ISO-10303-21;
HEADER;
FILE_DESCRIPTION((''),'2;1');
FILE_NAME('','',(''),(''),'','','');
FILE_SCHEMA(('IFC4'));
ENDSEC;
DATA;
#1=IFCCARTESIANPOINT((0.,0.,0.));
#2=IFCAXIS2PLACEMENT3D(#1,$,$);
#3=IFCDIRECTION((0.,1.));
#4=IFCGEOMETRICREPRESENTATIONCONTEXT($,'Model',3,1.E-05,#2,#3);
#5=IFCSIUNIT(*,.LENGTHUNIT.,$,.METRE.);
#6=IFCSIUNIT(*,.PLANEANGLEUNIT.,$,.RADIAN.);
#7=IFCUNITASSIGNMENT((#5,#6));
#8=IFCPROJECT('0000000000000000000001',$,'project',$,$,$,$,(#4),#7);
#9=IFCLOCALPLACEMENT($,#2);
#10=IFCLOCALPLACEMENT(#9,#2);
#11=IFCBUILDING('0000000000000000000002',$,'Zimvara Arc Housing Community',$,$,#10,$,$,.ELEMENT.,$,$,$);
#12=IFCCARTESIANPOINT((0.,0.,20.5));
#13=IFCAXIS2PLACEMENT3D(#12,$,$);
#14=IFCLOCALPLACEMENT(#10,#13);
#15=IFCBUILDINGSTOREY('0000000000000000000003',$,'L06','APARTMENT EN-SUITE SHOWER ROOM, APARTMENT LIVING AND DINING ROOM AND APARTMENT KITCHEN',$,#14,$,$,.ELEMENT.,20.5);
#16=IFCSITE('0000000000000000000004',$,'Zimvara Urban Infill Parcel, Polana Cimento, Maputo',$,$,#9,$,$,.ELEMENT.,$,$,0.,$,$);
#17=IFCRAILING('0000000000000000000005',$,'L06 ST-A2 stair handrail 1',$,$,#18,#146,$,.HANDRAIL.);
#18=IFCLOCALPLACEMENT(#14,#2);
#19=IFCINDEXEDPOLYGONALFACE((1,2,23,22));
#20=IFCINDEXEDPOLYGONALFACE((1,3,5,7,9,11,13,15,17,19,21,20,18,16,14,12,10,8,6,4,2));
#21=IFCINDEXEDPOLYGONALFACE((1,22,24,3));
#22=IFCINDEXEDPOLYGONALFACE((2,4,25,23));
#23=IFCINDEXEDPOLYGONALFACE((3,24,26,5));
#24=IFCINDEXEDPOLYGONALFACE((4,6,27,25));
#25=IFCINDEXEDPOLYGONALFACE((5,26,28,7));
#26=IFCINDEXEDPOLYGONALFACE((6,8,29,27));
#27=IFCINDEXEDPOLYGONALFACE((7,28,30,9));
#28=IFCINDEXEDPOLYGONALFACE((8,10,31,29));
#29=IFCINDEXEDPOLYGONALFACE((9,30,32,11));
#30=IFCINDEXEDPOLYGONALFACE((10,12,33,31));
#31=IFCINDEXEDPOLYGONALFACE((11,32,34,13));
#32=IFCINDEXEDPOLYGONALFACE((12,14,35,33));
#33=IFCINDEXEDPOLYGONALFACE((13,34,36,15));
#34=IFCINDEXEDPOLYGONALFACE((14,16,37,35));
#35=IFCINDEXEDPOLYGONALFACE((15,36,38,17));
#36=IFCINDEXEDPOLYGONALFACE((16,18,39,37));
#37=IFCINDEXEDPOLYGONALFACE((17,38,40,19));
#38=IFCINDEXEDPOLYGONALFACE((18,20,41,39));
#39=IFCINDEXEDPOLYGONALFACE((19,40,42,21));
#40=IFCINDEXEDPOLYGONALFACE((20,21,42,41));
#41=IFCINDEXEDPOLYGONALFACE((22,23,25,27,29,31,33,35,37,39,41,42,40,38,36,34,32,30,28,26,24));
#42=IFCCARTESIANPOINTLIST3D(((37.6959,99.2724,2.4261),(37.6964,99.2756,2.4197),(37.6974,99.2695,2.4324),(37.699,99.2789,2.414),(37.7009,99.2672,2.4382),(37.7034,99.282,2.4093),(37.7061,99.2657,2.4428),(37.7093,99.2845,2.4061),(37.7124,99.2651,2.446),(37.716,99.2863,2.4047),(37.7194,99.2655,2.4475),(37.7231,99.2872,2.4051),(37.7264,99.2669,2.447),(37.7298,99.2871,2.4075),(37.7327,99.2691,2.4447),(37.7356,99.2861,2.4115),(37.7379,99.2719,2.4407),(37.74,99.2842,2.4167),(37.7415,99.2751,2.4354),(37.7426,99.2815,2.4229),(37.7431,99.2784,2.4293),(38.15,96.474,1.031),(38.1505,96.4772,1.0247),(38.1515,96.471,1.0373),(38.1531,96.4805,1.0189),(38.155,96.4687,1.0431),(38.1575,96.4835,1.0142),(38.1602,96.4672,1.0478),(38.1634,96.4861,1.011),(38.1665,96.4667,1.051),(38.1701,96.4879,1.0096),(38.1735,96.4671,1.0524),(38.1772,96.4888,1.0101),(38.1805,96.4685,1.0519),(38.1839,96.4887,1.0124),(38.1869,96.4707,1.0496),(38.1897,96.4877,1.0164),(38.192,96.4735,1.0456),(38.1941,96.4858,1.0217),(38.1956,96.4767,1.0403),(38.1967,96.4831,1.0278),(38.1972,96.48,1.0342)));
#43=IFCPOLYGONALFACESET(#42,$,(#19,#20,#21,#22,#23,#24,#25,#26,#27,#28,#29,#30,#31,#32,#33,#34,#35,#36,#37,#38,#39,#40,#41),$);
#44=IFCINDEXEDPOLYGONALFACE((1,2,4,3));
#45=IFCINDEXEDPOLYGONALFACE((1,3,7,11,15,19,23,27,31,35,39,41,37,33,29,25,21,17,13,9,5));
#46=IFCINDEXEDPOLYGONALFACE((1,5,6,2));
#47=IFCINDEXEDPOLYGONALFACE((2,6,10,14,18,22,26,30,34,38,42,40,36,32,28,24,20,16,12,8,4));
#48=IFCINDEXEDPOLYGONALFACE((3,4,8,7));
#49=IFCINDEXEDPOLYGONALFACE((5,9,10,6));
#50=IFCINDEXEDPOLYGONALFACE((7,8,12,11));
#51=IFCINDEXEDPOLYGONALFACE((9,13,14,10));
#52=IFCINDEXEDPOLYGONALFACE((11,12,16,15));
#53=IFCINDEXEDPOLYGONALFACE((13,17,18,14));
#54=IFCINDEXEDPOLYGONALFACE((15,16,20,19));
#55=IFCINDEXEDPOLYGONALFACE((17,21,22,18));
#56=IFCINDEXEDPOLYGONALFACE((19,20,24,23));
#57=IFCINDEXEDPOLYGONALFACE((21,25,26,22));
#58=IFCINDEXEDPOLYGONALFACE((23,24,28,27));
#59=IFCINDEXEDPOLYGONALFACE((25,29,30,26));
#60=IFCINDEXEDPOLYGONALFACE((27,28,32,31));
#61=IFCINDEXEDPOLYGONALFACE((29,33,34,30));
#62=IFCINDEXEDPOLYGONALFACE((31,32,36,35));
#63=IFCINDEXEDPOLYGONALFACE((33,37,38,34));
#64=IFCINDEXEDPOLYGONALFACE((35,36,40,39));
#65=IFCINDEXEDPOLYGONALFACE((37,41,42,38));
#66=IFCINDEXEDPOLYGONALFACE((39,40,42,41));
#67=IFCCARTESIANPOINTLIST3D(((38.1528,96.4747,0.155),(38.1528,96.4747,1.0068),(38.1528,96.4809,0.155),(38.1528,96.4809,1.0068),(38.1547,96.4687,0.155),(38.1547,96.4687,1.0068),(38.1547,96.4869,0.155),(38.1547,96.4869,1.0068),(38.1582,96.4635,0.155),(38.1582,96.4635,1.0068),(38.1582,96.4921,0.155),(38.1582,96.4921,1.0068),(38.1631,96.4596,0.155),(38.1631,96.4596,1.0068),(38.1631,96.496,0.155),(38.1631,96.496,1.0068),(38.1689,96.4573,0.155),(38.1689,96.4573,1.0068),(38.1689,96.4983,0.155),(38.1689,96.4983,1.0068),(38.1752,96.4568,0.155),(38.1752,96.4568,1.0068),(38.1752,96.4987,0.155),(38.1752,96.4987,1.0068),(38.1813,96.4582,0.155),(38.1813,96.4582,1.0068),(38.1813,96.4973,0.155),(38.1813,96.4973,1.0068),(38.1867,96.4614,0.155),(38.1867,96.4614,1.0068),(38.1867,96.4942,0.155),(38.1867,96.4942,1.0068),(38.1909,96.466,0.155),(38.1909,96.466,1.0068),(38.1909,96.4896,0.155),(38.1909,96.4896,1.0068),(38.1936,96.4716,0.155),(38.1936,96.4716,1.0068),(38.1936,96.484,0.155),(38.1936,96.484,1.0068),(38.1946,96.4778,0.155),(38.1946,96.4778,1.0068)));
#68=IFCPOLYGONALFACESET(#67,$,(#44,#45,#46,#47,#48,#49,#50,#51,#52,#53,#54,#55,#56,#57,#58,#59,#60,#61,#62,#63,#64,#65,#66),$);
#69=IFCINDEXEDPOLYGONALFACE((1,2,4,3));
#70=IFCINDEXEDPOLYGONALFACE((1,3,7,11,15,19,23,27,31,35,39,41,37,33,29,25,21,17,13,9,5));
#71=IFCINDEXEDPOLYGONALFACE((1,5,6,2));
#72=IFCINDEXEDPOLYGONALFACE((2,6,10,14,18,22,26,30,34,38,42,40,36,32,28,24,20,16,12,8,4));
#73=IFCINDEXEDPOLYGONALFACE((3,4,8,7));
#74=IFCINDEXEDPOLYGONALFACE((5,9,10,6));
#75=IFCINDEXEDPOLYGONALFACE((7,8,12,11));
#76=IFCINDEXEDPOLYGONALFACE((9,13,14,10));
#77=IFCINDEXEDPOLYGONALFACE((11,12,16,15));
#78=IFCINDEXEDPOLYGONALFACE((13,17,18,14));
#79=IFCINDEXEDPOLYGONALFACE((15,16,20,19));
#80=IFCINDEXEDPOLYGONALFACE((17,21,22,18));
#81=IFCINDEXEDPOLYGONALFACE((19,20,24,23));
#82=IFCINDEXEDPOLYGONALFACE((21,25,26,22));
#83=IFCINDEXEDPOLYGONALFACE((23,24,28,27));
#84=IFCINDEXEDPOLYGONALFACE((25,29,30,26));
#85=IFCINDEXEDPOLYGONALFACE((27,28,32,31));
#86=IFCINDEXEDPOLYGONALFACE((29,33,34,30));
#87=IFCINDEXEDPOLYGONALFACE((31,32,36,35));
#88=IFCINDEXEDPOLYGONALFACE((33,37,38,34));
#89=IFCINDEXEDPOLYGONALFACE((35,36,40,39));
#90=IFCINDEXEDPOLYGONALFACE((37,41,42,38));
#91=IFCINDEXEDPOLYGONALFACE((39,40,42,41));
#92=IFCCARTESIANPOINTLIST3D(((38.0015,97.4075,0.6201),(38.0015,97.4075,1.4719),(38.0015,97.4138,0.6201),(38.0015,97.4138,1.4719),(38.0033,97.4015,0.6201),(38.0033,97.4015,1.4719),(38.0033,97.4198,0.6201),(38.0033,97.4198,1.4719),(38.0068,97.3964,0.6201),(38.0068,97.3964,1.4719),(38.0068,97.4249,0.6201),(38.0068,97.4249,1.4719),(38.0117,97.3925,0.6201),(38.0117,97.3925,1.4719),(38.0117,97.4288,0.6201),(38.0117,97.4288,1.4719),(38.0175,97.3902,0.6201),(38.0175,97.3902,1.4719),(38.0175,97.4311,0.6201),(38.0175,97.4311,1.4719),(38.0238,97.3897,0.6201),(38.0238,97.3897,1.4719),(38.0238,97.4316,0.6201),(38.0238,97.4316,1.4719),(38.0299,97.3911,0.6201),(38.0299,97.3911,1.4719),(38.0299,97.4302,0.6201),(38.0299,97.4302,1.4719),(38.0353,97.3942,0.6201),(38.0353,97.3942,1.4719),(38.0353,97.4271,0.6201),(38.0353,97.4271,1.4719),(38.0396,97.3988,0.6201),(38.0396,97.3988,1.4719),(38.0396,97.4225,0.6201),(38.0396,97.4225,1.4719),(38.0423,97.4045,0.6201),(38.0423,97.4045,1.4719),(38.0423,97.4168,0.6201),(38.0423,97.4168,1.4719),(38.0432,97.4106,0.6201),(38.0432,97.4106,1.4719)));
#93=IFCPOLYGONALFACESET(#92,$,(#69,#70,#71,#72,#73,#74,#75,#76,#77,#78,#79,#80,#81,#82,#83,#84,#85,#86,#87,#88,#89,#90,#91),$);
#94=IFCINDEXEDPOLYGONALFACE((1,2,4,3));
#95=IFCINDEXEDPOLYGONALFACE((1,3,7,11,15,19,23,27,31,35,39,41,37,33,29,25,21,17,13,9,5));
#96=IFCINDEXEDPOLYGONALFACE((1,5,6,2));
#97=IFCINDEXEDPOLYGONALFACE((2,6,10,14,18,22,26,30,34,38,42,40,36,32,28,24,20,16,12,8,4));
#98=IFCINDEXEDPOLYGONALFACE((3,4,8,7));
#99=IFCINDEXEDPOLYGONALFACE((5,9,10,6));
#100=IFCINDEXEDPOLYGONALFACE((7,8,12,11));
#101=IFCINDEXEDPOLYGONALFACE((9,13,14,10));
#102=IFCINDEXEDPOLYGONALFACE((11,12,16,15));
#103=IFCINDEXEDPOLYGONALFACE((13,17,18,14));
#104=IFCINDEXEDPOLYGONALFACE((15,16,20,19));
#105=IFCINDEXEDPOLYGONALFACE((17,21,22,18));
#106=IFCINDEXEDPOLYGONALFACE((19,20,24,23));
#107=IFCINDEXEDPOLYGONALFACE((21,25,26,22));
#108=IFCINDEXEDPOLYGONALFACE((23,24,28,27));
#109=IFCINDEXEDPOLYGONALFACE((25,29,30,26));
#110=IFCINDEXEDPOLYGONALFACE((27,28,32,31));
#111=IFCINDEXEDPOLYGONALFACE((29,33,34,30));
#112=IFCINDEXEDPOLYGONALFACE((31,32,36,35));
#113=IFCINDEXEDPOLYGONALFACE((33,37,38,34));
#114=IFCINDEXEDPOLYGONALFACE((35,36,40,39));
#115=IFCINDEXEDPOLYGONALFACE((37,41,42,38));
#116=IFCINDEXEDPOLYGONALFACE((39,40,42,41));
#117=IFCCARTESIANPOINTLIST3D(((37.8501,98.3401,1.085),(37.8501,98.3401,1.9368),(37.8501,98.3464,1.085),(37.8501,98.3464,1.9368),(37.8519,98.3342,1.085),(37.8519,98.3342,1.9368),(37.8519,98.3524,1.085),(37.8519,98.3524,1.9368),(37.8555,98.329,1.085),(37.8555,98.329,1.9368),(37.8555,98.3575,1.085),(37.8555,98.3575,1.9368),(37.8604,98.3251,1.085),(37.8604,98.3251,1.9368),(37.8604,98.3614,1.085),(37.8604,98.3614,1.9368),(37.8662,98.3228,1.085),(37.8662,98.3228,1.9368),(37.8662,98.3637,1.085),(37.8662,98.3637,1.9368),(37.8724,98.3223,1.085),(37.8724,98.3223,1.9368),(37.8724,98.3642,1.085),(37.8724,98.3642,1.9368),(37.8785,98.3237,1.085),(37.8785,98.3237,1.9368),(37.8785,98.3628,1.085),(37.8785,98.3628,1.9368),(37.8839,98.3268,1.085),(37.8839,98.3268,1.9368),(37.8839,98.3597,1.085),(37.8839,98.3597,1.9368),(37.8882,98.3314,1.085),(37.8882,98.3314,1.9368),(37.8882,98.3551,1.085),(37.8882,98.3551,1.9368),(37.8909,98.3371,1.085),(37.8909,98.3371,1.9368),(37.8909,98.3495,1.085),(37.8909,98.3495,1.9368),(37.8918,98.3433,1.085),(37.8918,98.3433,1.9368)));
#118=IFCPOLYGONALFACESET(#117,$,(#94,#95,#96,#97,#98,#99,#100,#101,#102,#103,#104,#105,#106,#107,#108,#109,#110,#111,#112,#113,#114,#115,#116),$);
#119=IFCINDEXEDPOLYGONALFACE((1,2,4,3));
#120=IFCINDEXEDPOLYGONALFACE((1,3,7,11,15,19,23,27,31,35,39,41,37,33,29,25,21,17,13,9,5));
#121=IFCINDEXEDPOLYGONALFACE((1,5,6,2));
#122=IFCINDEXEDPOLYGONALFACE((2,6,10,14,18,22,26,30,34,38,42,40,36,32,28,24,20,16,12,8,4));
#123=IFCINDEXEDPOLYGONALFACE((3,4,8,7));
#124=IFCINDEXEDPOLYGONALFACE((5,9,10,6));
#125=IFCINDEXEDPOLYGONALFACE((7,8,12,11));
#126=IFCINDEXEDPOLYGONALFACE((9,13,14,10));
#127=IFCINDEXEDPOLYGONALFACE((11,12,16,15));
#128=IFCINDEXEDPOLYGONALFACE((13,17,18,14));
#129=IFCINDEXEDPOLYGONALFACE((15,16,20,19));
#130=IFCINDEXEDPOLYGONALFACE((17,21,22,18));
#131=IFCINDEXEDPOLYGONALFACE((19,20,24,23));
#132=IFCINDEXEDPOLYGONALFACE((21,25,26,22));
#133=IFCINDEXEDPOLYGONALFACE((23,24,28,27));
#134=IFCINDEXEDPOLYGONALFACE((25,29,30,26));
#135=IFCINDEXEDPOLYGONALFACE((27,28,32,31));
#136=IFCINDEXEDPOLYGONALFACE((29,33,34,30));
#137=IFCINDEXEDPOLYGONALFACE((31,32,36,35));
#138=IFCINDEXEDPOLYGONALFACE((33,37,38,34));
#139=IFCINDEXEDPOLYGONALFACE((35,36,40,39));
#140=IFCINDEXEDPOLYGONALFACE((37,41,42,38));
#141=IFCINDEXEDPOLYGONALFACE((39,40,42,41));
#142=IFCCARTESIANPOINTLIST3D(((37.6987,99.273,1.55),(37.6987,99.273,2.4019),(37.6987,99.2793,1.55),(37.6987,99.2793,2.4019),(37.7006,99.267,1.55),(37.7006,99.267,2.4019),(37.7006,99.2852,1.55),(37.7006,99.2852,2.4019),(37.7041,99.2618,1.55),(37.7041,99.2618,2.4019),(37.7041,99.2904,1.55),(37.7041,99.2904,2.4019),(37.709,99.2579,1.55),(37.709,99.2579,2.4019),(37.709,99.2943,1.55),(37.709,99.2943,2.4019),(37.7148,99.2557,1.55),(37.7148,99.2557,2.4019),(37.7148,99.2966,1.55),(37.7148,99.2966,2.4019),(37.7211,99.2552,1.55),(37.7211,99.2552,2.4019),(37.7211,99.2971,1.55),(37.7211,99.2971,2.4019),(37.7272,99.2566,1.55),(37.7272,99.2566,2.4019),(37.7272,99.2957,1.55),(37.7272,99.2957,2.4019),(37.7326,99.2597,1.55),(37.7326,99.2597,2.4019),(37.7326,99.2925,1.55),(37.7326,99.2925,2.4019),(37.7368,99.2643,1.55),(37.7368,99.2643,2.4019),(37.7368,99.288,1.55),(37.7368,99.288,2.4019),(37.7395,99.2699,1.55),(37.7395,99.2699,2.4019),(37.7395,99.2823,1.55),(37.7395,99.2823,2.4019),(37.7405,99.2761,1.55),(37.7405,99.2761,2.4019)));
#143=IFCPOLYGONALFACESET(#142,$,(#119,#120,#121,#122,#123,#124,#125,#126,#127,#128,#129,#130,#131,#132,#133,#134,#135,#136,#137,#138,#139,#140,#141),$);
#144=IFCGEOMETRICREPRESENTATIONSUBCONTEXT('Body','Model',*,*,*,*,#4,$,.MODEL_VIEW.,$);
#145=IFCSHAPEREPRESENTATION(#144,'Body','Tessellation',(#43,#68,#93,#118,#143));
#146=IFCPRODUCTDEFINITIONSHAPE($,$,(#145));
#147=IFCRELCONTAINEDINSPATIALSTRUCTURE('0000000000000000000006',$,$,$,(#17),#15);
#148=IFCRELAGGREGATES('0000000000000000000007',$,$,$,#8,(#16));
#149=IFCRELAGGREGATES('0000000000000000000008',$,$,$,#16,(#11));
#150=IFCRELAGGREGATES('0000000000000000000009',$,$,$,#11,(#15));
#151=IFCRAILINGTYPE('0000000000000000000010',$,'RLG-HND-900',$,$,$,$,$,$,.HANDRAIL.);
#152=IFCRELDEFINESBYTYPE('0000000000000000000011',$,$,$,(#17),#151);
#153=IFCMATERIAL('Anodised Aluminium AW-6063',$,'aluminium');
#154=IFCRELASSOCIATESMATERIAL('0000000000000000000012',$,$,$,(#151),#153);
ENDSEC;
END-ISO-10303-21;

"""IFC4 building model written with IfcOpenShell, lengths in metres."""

from ifc_helpers import new_model, si_unit, direction, frame, origin, origin_2d, place, context, subcontext, project, spatial, circle, extrude, material, type_object, element, save


model = new_model("IFC4")

# Units and contexts
model_context = context("Model", 3, precision=1e-05, world=origin(), true_north=direction((0.0, 1.0)))
body_context = subcontext(model_context, "Body", "Model", "MODEL_VIEW")
ifc_project = project(units=[si_unit("LENGTHUNIT", "METRE"), si_unit("PLANEANGLEUNIT", "RADIAN")], contexts=[model_context])

# Site, building, storey
site_placement = place(None, origin())
site = spatial("IfcSite", under=ifc_project, at=site_placement, Name="Zimvara Urban Infill Parcel, Polana Cimento, Maputo", CompositionType="ELEMENT", RefElevation=0.0)
building_placement = place(site_placement, origin())
building = spatial("IfcBuilding", under=site, at=building_placement, Name="Zimvara Arc Housing Community", CompositionType="ELEMENT")
storey_placement = place(building_placement, frame((0.0, 0.0, 20.5)))
storey = spatial("IfcBuildingStorey", under=building, at=storey_placement, Name="L06", Description="APARTMENT EN-SUITE SHOWER ROOM, APARTMENT LIVING AND DINING ROOM AND APARTMENT KITCHEN", CompositionType="ELEMENT", Elevation=20.5)

# Railing
ifc_material_1 = material(Name="Anodised Aluminium AW-6063", Category="aluminium")
railing_type_1 = type_object("IfcRailingType", Name="RLG-HND-900", PredefinedType="HANDRAIL", material=ifc_material_1)
railing_1_placement = place(storey_placement, frame((38.1736, 96.4778, 0.155)))
element("IfcRailing", 1, at=railing_1_placement, inside=storey, type_object=railing_type_1, Name="L06 ST-A2 stair handrail 1", PredefinedType="HANDRAIL", context=body_context, shape_type="SweptSolid", body=[
    extrude(circle(Radius=0.0239, at=origin_2d()), frame((0.0, 0.0, 0.876), z_axis=(-0.143722, 0.885666, 0.44152), x_axis=(-0.987088, -0.16018, 0.0)), (0.0, 0.0, 1.0), 3.1597),
    extrude(circle(Radius=0.021, at=origin_2d()), origin(), (0.0, 0.0, 1.0), 0.8518),
    extrude(circle(Radius=0.021, at=origin_2d()), frame((-0.1514, 0.9329, 0.4651)), (0.0, 0.0, 1.0), 0.8518),
    extrude(circle(Radius=0.021, at=origin_2d()), frame((-0.3027, 1.8655, 0.9299)), (0.0, 0.0, 1.0), 0.8518),
    extrude(circle(Radius=0.021, at=origin_2d()), frame((-0.4541, 2.7983, 1.395)), (0.0, 0.0, 1.0), 0.8518),
])

save(model, "model.ifc")
